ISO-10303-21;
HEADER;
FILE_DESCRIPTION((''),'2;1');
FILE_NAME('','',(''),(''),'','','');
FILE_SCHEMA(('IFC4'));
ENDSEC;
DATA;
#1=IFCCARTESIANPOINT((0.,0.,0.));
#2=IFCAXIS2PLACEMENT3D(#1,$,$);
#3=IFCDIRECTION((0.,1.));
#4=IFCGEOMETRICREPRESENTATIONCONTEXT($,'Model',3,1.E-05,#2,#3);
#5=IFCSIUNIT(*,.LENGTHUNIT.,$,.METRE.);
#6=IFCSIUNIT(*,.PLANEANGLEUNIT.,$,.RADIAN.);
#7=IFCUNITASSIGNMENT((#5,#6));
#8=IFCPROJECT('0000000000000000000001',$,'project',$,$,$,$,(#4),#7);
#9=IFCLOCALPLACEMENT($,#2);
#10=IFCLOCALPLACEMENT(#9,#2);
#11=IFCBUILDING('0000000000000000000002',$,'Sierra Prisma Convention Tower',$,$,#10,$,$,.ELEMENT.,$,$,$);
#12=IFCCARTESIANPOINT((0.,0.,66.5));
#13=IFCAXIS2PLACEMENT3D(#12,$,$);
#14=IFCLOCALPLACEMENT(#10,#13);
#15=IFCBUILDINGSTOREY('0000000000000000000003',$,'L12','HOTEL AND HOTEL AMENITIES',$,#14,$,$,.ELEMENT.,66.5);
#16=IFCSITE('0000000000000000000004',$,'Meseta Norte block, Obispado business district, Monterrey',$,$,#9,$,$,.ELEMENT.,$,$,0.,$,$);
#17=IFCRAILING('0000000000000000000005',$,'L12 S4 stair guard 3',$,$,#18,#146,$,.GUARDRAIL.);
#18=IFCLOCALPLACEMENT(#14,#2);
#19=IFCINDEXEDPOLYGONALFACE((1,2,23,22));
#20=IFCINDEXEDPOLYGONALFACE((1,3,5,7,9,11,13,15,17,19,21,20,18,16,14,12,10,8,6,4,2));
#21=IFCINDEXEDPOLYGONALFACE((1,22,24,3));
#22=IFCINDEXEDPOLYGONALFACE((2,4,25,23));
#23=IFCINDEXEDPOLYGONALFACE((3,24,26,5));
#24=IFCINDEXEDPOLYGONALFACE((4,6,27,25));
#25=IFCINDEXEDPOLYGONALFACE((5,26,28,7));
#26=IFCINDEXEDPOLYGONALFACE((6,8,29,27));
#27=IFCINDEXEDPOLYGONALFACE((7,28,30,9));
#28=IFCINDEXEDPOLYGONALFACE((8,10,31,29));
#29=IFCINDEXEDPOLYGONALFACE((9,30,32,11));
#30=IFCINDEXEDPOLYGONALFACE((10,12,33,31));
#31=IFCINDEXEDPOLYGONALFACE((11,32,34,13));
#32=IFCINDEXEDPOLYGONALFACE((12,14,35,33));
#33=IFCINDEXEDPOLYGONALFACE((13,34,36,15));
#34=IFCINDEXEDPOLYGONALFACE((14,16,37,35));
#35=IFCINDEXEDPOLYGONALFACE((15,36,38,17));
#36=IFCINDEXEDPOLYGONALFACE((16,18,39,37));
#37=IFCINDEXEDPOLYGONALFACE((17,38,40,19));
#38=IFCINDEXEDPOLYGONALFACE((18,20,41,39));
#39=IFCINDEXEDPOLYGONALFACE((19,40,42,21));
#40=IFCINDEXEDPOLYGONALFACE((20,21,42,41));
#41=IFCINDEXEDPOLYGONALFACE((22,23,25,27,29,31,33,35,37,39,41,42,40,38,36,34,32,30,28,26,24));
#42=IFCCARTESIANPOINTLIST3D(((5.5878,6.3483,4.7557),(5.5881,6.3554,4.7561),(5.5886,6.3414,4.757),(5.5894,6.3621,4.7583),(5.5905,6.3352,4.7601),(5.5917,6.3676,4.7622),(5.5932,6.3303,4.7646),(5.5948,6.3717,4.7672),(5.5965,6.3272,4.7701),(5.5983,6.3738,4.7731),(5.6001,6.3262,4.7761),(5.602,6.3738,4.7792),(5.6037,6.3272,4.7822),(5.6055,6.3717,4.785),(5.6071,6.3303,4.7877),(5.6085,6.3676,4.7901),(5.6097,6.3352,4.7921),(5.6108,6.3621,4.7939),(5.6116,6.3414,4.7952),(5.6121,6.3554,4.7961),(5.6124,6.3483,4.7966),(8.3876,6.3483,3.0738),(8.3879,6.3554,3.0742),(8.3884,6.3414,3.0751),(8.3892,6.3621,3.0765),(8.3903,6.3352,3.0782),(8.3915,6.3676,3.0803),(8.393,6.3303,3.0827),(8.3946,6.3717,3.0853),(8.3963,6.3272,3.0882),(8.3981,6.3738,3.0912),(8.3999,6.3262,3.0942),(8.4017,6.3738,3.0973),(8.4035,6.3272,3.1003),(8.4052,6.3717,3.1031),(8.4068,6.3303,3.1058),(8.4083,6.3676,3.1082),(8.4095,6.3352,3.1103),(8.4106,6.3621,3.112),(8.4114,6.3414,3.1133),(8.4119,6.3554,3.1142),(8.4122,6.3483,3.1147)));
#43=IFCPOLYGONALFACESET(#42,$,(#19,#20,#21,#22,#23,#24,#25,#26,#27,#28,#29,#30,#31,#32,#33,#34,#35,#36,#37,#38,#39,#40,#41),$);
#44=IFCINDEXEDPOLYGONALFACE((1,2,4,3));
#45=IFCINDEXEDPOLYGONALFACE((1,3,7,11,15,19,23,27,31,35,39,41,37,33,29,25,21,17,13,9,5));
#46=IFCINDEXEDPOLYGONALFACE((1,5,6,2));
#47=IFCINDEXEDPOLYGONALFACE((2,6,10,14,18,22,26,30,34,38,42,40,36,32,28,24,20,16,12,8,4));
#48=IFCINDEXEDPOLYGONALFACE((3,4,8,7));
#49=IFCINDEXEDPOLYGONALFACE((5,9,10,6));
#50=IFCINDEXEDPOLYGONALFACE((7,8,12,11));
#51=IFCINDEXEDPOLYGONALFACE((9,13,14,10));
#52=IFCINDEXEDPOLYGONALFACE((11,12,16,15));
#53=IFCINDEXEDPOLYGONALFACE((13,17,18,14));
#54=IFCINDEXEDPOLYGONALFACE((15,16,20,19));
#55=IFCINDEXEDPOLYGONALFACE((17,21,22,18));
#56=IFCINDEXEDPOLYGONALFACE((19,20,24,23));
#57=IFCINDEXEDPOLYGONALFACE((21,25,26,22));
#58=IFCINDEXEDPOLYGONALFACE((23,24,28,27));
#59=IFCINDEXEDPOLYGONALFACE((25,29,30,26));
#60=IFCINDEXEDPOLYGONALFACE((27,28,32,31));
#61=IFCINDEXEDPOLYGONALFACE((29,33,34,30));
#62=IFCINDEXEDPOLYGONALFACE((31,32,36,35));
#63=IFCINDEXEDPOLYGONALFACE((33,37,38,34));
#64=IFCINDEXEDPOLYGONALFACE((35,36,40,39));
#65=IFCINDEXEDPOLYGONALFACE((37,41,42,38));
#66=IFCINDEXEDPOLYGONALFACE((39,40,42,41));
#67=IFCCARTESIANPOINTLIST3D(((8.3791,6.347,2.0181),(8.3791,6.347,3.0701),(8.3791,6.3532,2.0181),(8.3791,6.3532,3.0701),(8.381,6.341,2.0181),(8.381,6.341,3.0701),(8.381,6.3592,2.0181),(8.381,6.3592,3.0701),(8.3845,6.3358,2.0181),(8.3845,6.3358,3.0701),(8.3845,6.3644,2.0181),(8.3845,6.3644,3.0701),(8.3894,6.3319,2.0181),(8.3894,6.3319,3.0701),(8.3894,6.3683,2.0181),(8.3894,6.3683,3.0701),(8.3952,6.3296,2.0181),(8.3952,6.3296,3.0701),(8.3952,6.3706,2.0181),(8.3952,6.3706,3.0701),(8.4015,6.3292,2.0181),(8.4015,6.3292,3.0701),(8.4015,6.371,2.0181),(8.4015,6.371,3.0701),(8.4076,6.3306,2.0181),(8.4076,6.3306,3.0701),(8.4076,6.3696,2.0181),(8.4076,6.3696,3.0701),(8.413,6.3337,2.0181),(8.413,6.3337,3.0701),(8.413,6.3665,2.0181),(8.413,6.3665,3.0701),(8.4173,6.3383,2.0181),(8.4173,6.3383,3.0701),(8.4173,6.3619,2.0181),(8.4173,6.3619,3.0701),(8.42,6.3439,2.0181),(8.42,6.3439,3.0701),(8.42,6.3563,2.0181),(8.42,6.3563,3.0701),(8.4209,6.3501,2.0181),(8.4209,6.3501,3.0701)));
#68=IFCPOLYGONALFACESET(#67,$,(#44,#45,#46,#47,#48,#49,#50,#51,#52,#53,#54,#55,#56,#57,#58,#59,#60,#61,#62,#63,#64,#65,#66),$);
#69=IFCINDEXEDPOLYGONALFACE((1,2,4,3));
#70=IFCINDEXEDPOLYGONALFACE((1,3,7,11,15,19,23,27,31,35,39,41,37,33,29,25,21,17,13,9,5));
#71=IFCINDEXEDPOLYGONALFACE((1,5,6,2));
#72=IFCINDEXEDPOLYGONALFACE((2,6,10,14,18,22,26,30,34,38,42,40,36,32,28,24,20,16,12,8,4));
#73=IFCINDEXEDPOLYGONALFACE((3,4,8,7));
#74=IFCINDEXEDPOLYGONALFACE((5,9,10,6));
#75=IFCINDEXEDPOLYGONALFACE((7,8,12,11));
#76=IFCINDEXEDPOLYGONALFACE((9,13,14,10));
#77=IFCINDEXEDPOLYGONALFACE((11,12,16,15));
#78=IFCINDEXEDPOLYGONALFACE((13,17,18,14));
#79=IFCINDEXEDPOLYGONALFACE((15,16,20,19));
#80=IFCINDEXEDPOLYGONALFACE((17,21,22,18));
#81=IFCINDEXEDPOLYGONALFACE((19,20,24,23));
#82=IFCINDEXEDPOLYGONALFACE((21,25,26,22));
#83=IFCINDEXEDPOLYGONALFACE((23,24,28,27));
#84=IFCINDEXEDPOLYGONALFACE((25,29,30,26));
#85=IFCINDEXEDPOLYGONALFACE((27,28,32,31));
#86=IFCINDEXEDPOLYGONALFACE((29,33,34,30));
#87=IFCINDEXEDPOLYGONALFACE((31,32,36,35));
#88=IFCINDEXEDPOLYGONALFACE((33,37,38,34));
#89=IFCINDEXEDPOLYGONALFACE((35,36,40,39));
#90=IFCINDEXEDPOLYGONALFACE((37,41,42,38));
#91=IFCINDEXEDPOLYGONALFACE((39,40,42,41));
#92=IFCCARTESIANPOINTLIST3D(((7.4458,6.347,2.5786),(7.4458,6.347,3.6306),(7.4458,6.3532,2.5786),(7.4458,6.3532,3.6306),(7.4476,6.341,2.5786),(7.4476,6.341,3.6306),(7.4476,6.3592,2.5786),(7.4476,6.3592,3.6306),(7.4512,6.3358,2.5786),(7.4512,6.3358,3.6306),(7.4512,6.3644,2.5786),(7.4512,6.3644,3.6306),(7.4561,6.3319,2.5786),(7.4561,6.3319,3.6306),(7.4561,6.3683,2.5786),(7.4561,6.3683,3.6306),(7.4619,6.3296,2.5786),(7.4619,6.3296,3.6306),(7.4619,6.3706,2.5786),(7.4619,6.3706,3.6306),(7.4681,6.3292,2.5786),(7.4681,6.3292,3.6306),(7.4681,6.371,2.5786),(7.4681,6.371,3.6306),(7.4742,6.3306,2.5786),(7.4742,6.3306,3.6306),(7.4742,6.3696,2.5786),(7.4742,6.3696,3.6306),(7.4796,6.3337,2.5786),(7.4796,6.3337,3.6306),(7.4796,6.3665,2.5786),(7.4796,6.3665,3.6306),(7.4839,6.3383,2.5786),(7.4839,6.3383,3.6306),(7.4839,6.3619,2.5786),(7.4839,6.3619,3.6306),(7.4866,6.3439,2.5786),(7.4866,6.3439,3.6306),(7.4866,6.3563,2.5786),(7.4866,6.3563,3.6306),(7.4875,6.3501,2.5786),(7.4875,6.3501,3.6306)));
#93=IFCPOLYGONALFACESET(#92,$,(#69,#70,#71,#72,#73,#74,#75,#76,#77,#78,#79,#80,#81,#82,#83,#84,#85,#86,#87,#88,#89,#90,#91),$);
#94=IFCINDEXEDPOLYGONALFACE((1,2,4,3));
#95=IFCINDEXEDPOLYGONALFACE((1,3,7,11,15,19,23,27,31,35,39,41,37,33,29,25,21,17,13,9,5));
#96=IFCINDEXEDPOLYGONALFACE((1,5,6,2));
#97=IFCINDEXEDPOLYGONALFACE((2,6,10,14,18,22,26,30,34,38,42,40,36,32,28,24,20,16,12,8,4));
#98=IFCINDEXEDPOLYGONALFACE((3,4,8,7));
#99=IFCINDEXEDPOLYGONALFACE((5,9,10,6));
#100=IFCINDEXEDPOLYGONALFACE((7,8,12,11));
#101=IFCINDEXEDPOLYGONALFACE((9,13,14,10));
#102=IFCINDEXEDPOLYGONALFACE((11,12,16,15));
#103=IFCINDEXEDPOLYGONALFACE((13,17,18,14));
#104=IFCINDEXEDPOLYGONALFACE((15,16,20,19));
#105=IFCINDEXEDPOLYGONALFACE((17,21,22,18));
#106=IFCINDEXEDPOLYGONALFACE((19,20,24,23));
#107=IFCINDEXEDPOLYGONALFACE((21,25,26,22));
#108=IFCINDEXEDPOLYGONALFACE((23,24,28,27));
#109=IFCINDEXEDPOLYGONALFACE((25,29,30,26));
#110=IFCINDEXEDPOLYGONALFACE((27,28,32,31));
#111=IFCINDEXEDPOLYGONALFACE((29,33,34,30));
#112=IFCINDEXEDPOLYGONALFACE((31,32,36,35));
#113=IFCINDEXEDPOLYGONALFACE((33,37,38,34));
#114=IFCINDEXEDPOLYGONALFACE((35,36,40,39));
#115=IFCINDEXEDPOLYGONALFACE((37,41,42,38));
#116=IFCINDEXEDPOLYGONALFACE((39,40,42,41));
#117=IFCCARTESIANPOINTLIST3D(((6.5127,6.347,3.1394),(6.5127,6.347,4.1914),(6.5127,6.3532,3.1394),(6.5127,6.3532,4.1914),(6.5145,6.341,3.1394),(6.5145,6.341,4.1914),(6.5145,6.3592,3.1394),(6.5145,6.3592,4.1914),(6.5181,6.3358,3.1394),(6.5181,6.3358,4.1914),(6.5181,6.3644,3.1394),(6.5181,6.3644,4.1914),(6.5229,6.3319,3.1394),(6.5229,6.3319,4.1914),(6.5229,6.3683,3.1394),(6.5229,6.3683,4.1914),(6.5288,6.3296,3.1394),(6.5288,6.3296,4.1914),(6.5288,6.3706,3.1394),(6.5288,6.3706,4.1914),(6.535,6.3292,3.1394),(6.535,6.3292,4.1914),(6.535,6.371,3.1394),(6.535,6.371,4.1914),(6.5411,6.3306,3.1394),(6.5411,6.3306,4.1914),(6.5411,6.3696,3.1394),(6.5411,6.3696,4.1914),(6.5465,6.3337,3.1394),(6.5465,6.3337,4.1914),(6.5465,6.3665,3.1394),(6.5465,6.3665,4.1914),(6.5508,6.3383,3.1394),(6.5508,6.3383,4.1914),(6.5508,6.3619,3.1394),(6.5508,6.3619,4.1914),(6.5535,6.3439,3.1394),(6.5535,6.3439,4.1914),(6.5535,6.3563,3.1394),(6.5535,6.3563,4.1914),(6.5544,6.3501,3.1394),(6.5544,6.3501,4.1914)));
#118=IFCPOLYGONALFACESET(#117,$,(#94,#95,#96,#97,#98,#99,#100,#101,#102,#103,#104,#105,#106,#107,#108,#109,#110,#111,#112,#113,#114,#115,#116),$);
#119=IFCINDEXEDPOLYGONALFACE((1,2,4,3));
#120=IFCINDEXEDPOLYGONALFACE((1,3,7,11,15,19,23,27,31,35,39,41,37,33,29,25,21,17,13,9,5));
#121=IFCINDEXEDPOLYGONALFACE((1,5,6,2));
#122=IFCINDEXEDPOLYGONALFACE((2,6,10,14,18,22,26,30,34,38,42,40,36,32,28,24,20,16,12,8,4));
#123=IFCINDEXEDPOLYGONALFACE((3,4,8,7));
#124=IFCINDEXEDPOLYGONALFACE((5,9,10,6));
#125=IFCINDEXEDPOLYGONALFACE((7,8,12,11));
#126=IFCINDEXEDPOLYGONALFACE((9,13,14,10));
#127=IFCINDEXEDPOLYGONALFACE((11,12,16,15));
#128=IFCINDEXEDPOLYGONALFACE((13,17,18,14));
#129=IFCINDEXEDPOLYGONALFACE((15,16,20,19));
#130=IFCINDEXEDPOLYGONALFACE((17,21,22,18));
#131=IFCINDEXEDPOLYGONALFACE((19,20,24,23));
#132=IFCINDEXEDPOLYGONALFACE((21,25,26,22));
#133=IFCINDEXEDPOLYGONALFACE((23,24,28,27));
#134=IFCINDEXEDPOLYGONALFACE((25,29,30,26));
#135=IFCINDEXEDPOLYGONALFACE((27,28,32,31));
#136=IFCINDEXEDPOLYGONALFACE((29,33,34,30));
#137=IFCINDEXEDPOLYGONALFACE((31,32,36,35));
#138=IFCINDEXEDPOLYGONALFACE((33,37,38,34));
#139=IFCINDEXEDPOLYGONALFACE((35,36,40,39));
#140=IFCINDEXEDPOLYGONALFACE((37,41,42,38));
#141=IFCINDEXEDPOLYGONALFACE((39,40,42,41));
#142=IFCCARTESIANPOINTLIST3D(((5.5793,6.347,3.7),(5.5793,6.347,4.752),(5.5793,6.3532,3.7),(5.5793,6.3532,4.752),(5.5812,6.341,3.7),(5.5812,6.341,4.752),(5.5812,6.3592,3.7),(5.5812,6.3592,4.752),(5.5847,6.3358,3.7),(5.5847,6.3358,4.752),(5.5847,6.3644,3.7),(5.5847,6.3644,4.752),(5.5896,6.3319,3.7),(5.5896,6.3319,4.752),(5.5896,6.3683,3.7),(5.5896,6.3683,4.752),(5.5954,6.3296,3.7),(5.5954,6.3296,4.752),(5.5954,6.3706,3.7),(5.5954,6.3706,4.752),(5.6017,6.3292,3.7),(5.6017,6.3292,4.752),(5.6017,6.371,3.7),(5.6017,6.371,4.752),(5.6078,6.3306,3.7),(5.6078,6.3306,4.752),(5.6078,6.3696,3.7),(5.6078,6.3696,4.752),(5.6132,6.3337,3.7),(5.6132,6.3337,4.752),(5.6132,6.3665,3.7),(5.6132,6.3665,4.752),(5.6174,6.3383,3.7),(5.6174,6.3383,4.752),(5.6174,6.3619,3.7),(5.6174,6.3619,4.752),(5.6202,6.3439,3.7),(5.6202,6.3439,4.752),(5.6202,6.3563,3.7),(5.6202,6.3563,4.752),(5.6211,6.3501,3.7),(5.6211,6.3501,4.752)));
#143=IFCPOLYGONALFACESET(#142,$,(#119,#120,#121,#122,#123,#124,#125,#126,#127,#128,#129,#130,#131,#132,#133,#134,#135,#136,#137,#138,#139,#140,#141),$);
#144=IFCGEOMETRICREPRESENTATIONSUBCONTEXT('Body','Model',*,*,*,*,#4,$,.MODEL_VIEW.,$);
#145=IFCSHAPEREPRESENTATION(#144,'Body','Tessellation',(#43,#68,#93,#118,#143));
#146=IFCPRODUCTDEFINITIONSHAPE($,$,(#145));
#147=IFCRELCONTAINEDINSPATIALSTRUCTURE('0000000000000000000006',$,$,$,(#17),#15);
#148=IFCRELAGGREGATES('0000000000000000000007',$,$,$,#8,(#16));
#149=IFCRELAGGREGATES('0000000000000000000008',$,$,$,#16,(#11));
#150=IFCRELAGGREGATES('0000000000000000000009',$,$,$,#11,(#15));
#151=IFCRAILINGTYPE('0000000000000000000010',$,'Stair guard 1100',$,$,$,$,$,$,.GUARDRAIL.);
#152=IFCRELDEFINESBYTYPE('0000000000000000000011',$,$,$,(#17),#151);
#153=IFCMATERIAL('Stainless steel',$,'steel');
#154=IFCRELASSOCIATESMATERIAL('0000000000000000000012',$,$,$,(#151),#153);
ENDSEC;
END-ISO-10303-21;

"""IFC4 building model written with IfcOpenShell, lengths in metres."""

from ifc_helpers import new_model, si_unit, direction, frame, origin, origin_2d, place, context, subcontext, project, spatial, circle, extrude, material, type_object, element, save


model = new_model("IFC4")

# Units and contexts
model_context = context("Model", 3, precision=1e-05, world=origin(), true_north=direction((0.0, 1.0)))
body_context = subcontext(model_context, "Body", "Model", "MODEL_VIEW")
ifc_project = project(units=[si_unit("LENGTHUNIT", "METRE"), si_unit("PLANEANGLEUNIT", "RADIAN")], contexts=[model_context])

# Site, building, storey
site_placement = place(None, origin())
site = spatial("IfcSite", under=ifc_project, at=site_placement, Name="Meseta Norte block, Obispado business district, Monterrey", CompositionType="ELEMENT", RefElevation=0.0)
building_placement = place(site_placement, origin())
building = spatial("IfcBuilding", under=site, at=building_placement, Name="Sierra Prisma Convention Tower", CompositionType="ELEMENT")
storey_placement = place(building_placement, frame((0.0, 0.0, 66.5)))
storey = spatial("IfcBuildingStorey", under=building, at=storey_placement, Name="L12", Description="HOTEL AND HOTEL AMENITIES", CompositionType="ELEMENT", Elevation=66.5)

# Railing
ifc_material_1 = material(Name="Stainless steel", Category="steel")
railing_type_1 = type_object("IfcRailingType", Name="Stair guard 1100", PredefinedType="GUARDRAIL", material=ifc_material_1)
railing_1_placement = place(storey_placement, frame((8.3999, 6.3501, 2.0181)))
element("IfcRailing", 1, at=railing_1_placement, inside=storey, type_object=railing_type_1, Name="L12 S4 stair guard 3", PredefinedType="GUARDRAIL", context=body_context, shape_type="SweptSolid", body=[
    extrude(circle(Radius=0.0239, at=origin_2d()), frame((0.0, 0.0, 1.0762), z_axis=(-0.857222, 0.0, 0.514946), x_axis=(0.0, -1.0, 0.0)), (0.0, 0.0, 1.0), 3.2661),
    extrude(circle(Radius=0.021, at=origin_2d()), origin(), (0.0, 0.0, 1.0), 1.052),
    extrude(circle(Radius=0.021, at=origin_2d()), frame((-0.9333, 0.0, 0.5605)), (0.0, 0.0, 1.0), 1.052),
    extrude(circle(Radius=0.021, at=origin_2d()), frame((-1.8665, 0.0, 1.1213)), (0.0, 0.0, 1.0), 1.052),
    extrude(circle(Radius=0.021, at=origin_2d()), frame((-2.7998, 0.0, 1.6819)), (0.0, 0.0, 1.0), 1.052),
])

save(model, "model.ifc")
